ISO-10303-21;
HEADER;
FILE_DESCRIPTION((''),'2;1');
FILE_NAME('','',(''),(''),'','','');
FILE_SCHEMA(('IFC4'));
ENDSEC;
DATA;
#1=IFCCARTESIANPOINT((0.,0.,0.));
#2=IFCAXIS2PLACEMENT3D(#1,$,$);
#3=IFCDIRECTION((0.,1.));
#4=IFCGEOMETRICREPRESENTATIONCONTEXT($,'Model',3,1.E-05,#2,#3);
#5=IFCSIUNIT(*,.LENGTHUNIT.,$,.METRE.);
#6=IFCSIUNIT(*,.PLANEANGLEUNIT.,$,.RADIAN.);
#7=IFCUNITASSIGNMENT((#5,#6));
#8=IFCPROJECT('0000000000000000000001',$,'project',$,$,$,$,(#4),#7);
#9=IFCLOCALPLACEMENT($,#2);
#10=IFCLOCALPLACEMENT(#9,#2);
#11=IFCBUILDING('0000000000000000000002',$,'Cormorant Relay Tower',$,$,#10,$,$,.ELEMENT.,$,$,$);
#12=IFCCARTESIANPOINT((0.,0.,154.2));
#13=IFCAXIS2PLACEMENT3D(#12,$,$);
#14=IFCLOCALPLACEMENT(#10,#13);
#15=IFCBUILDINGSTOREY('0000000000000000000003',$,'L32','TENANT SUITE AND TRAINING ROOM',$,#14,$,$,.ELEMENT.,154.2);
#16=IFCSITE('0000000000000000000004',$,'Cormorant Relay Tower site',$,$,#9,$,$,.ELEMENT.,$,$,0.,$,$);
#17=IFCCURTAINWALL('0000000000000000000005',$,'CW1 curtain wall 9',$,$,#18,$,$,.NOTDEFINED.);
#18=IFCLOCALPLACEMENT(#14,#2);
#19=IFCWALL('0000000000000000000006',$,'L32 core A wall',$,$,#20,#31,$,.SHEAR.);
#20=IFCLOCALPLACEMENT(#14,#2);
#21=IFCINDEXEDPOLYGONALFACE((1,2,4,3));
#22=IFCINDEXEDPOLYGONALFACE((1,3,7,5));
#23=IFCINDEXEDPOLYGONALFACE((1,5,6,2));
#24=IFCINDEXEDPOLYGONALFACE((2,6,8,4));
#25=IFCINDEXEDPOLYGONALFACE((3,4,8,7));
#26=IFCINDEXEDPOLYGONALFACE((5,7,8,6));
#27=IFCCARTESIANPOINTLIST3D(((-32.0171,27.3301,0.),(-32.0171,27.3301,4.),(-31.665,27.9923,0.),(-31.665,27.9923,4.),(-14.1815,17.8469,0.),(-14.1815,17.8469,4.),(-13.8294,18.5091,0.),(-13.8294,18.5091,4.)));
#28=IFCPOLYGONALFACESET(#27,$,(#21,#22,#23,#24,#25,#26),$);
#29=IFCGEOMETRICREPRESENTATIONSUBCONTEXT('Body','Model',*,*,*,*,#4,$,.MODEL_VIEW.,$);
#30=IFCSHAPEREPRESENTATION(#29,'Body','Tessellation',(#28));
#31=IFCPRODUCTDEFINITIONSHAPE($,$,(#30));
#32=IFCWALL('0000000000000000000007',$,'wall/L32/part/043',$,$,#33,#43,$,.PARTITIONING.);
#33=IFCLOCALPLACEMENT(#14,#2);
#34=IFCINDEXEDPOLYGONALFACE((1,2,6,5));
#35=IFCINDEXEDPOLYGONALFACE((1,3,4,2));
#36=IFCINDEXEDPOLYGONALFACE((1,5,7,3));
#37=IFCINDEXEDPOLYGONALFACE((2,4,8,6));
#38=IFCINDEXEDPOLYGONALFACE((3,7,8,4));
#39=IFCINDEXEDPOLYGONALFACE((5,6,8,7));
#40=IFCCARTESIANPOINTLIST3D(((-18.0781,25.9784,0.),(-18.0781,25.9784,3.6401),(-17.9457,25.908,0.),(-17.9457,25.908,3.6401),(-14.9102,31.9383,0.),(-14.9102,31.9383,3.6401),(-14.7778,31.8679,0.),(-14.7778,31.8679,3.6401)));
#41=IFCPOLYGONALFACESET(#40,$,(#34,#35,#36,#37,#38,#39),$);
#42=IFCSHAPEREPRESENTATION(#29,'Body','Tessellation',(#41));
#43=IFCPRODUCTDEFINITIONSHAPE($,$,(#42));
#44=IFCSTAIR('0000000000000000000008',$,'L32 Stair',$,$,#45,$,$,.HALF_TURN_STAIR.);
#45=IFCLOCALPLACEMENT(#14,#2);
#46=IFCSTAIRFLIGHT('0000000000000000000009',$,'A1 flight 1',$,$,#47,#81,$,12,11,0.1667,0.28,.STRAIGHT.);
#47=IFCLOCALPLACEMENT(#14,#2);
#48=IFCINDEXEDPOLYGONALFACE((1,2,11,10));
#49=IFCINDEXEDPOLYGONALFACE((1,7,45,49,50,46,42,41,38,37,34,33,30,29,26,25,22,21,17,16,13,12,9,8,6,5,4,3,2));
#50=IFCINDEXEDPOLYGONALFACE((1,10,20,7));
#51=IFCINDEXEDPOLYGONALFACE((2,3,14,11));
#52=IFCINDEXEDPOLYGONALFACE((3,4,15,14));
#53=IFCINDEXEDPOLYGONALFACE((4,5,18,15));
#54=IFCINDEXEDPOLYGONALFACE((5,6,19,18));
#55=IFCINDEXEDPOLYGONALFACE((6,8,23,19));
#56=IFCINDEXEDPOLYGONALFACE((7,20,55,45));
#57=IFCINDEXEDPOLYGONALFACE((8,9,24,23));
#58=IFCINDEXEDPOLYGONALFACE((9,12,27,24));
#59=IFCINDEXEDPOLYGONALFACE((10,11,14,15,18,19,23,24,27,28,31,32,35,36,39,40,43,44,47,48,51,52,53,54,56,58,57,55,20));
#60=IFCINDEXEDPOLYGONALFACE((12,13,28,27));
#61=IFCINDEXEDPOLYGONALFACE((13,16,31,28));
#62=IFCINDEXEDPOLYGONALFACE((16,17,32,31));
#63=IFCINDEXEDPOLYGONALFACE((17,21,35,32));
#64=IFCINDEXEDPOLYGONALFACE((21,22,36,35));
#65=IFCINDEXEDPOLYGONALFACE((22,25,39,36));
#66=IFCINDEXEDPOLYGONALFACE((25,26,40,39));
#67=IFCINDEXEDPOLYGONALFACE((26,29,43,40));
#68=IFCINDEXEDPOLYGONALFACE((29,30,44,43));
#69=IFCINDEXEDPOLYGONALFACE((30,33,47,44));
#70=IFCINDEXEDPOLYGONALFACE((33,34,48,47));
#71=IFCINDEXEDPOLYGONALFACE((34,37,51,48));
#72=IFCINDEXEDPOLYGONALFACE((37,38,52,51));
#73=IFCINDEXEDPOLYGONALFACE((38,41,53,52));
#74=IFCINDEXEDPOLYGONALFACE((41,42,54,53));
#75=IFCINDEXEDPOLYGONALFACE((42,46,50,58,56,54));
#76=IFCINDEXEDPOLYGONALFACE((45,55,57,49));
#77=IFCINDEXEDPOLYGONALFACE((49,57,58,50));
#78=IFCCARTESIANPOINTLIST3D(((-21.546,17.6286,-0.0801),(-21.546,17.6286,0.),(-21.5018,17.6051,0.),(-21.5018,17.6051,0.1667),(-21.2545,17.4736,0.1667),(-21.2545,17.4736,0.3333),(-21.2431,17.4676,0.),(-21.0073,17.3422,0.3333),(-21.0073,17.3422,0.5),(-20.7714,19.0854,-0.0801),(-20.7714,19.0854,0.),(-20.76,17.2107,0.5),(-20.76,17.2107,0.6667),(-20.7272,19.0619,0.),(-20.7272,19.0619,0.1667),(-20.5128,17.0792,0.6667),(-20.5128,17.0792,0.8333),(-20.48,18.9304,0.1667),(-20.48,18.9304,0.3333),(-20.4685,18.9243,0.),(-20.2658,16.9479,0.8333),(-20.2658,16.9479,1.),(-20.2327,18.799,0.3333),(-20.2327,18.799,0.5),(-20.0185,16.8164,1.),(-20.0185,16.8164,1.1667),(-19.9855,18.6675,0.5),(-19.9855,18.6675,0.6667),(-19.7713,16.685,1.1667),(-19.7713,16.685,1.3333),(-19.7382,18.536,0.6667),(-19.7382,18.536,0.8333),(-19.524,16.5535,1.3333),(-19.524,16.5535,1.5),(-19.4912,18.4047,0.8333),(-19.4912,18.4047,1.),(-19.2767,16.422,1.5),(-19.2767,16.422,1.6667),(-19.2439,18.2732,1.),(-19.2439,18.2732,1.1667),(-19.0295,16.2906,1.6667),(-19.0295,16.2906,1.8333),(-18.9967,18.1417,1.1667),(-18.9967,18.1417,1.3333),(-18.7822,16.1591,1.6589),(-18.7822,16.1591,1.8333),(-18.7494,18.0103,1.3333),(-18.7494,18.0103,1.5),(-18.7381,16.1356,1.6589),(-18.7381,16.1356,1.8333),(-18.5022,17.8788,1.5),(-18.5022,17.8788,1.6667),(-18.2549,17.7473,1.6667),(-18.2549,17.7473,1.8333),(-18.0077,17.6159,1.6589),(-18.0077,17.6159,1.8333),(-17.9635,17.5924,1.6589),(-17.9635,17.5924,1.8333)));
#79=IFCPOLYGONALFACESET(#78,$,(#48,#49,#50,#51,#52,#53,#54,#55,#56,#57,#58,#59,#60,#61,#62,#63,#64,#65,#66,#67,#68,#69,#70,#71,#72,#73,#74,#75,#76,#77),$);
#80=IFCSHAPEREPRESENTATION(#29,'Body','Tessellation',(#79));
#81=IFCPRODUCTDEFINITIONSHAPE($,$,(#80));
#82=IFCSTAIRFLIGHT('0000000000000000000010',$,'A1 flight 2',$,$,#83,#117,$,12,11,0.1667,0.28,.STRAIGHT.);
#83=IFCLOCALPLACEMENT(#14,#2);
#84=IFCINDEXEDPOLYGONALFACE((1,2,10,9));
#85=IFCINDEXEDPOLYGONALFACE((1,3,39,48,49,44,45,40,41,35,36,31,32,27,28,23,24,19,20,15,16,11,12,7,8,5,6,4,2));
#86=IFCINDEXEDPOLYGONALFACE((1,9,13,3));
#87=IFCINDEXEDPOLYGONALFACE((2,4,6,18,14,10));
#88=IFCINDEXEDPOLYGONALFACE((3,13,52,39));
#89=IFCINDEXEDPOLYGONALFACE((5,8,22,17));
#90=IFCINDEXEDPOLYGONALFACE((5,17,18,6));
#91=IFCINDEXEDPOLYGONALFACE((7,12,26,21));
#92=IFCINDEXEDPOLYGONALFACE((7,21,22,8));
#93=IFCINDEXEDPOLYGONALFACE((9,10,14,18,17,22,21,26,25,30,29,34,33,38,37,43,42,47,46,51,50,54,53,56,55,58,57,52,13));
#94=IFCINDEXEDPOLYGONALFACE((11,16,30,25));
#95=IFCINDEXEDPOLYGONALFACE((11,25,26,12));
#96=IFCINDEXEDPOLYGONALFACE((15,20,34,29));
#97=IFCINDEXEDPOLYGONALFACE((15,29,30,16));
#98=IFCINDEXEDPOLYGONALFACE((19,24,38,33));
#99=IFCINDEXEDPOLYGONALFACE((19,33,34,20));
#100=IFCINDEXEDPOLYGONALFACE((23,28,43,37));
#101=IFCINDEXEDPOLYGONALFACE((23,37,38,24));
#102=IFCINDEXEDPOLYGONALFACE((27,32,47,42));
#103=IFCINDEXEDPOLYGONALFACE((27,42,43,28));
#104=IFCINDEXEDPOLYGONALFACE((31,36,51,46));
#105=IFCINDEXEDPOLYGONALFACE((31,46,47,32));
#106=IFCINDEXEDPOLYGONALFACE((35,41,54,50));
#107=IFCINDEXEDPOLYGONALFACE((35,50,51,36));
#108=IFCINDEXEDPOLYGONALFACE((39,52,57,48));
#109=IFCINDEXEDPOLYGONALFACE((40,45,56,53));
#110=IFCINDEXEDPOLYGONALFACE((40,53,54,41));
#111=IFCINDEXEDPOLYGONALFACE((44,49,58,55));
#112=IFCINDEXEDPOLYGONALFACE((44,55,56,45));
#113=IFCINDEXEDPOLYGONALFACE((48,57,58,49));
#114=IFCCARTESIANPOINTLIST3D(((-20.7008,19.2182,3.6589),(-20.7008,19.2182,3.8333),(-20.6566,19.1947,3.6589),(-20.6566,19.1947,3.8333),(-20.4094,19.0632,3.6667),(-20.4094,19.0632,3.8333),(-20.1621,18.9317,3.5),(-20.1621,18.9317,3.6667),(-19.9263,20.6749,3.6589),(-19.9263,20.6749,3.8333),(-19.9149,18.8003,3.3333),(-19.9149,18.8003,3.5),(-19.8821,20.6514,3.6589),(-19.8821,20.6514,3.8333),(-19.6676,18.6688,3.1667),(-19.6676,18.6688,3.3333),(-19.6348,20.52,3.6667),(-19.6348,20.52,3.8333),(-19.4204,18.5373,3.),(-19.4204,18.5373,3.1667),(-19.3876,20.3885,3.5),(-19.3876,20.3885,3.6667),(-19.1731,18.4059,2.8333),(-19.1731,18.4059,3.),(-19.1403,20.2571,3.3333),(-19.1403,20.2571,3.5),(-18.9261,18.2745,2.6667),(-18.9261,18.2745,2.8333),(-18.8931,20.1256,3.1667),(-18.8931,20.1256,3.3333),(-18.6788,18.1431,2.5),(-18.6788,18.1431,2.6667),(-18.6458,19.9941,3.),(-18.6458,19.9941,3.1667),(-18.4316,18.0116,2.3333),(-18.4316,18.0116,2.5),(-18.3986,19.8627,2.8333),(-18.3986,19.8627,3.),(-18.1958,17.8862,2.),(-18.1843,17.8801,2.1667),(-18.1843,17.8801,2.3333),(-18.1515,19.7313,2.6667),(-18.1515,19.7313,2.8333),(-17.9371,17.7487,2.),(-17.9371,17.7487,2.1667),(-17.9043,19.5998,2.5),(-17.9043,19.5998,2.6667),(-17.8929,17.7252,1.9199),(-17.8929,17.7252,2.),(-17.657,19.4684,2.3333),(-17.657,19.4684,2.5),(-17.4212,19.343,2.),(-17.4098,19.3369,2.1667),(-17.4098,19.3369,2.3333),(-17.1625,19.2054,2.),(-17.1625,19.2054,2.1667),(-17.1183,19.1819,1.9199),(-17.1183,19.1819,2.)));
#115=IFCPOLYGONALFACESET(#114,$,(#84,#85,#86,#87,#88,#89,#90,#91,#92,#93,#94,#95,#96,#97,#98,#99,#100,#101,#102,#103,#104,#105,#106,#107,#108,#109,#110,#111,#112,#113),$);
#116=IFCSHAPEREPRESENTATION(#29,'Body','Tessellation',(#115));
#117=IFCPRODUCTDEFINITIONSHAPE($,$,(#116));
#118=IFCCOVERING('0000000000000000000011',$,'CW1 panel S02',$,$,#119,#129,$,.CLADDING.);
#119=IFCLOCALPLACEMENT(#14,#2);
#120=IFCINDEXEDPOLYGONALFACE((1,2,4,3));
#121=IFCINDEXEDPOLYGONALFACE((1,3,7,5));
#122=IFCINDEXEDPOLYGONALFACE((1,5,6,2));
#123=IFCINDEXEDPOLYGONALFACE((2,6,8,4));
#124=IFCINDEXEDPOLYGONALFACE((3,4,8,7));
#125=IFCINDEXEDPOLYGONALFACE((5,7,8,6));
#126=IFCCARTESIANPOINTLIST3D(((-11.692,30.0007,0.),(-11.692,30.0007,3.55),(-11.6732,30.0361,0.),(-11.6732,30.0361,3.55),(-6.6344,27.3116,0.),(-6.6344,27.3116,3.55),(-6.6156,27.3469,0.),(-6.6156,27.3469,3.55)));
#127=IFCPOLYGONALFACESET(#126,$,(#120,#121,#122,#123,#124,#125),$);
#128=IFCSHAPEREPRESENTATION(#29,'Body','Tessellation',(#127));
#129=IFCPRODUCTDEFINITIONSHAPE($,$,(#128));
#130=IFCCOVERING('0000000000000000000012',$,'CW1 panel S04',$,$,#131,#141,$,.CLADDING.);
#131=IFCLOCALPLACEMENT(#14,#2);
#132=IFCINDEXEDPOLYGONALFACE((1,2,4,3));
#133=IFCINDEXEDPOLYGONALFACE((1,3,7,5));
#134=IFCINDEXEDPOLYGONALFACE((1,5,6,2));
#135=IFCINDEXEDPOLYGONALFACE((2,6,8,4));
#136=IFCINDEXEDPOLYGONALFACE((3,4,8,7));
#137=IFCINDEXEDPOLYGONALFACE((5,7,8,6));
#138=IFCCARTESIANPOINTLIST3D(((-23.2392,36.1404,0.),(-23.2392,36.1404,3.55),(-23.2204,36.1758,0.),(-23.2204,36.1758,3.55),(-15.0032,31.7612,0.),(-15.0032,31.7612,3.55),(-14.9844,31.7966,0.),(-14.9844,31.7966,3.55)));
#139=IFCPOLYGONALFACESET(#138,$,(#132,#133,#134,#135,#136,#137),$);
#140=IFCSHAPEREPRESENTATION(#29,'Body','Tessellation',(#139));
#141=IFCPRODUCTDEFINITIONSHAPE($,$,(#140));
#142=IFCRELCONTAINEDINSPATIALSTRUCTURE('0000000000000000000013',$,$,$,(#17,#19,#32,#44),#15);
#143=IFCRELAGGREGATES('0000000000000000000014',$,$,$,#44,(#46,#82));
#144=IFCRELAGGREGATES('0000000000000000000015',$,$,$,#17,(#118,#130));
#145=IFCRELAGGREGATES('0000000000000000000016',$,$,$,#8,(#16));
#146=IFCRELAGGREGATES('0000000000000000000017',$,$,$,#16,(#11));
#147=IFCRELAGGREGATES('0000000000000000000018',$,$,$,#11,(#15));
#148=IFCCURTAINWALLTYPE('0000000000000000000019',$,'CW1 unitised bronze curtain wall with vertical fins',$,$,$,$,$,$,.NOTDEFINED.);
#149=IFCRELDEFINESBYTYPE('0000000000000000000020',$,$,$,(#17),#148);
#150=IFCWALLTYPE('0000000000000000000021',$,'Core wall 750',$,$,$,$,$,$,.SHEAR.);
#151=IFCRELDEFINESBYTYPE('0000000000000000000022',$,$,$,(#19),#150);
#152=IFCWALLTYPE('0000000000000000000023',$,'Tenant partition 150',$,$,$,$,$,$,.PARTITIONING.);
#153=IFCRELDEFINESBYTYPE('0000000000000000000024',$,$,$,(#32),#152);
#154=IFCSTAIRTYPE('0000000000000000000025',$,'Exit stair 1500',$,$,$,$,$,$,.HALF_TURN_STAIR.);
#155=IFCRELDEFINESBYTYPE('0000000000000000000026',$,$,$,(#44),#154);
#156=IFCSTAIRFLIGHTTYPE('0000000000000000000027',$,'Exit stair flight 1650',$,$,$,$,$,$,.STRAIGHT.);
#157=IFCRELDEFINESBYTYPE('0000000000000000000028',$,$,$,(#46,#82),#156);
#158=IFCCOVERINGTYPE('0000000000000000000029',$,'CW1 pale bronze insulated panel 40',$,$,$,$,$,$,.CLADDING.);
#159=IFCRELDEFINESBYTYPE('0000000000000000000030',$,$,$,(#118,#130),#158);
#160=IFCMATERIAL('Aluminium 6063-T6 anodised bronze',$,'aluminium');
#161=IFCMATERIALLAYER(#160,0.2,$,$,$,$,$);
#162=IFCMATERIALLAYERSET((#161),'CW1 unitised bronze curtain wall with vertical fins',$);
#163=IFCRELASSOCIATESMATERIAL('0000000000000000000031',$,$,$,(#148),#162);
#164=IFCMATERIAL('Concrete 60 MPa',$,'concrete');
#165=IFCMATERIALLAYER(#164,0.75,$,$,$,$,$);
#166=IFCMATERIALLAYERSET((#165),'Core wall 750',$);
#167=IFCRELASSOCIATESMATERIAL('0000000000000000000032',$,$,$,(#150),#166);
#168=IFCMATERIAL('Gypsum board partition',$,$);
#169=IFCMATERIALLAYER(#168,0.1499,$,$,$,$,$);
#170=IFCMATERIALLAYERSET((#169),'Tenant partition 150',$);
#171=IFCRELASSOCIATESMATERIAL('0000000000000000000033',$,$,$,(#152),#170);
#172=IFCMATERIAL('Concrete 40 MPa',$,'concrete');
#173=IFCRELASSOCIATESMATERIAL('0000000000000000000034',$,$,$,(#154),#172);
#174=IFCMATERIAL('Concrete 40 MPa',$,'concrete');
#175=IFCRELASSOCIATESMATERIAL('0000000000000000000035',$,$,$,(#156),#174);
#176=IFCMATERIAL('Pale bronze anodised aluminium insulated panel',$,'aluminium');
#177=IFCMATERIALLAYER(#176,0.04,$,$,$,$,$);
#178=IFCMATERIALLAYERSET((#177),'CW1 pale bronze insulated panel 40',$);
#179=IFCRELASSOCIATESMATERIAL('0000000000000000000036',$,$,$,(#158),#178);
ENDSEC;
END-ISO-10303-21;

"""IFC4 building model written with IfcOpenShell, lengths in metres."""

from ifc_helpers import new_model, si_unit, direction, frame, frame_2d, origin, origin_2d, place, context, subcontext, project, spatial, polyline, rectangle, outline, extrude, material, layer, layer_set, type_object, element, aggregate, save


model = new_model("IFC4")

# Units and contexts
model_context = context("Model", 3, precision=1e-05, world=origin(), true_north=direction((0.0, 1.0)))
body_context = subcontext(model_context, "Body", "Model", "MODEL_VIEW")
ifc_project = project(units=[si_unit("LENGTHUNIT", "METRE"), si_unit("PLANEANGLEUNIT", "RADIAN")], contexts=[model_context])

# Site, building, storey
site_placement = place(None, origin())
site = spatial("IfcSite", under=ifc_project, at=site_placement, Name="Cormorant Relay Tower site", CompositionType="ELEMENT", RefElevation=0.0)
building_placement = place(site_placement, origin())
building = spatial("IfcBuilding", under=site, at=building_placement, Name="Cormorant Relay Tower", CompositionType="ELEMENT")
storey_placement = place(building_placement, frame((0.0, 0.0, 154.2)))
storey = spatial("IfcBuildingStorey", under=building, at=storey_placement, Name="L32", Description="TENANT SUITE AND TRAINING ROOM", CompositionType="ELEMENT", Elevation=154.2)

# Curtain wall
ifc_material_1 = material(Name="Aluminium 6063-T6 anodised bronze", Category="aluminium")
ifc_layer_1 = layer(ifc_material_1, 0.2)
ifc_layer_set_1 = layer_set([ifc_layer_1], Name="CW1 unitised bronze curtain wall with vertical fins")
curtain_wall_type = type_object("IfcCurtainWallType", Name="CW1 unitised bronze curtain wall with vertical fins", PredefinedType="NOTDEFINED", material=ifc_layer_set_1)
curtain_wall_placement = place(storey_placement, origin())
curtain_wall = element("IfcCurtainWall", 1, at=curtain_wall_placement, inside=storey, type_object=curtain_wall_type, Name="CW1 curtain wall 9", PredefinedType="NOTDEFINED")

# Shared definitions
ifc_material_2 = material(Name="Concrete 60 MPa", Category="concrete")
ifc_layer_2 = layer(ifc_material_2, 0.75)
ifc_layer_set_2 = layer_set([ifc_layer_2], Name="Core wall 750")
wall_type_1 = type_object("IfcWallType", Name="Core wall 750", PredefinedType="SHEAR", material=ifc_layer_set_2)

# Walls
wall_1_placement = place(storey_placement, frame((-14.0054, 18.178, 0.0), z_axis=(0.0, 0.0, 1.0), x_axis=(-0.88295, 0.469467, 0.0)))
element("IfcWall", 2, at=wall_1_placement, inside=storey, type_object=wall_type_1, Name="L32 core A wall", PredefinedType="SHEAR", context=body_context, shape_type="SweptSolid", body=[
    extrude(rectangle(XDim=20.2, YDim=0.75, at=frame_2d((10.1001, 0.0))), origin(), (0.0, 0.0, 1.0), 4.0),
])
ifc_material_3 = material(Name="Gypsum board partition")
ifc_layer_3 = layer(ifc_material_3, 0.1499)
ifc_layer_set_3 = layer_set([ifc_layer_3], Name="Tenant partition 150")
wall_type_2 = type_object("IfcWallType", Name="Tenant partition 150", PredefinedType="PARTITIONING", material=ifc_layer_set_3)
wall_2_placement = place(storey_placement, frame((-14.844, 31.9031, 0.0), z_axis=(0.0, 0.0, 1.0), x_axis=(-0.469356, -0.883009, 0.0)))
element("IfcWall", 3, at=wall_2_placement, inside=storey, type_object=wall_type_2, Name="wall/L32/part/043", PredefinedType="PARTITIONING", context=body_context, shape_type="SweptSolid", body=[
    extrude(rectangle(XDim=6.7495, YDim=0.1499, at=frame_2d((3.3748, 0.0))), origin(), (0.0, 0.0, 1.0), 3.6401),
])

# Stair, stair flights
ifc_material_4 = material(Name="Concrete 40 MPa", Category="concrete")
stair_type = type_object("IfcStairType", Name="Exit stair 1500", PredefinedType="HALF_TURN_STAIR", material=ifc_material_4)
stair_placement = place(storey_placement, origin())
stair = element("IfcStair", 4, at=stair_placement, inside=storey, type_object=stair_type, Name="L32 Stair", PredefinedType="HALF_TURN_STAIR")
ifc_material_5 = material(Name="Concrete 40 MPa", Category="concrete")
stair_flight_type = type_object("IfcStairFlightType", Name="Exit stair flight 1650", PredefinedType="STRAIGHT", material=ifc_material_5)
stair_flight_1_placement = place(storey_placement, frame((-21.1145, 18.3335, 0.0), z_axis=(0.0, 0.0, 1.0), x_axis=(0.882948, -0.469472, 0.0)))
stair_flight_1 = element("IfcStairFlight", 5, at=stair_flight_1_placement, type_object=stair_flight_type, Name="A1 flight 1", NumberOfRisers=12, NumberOfTreads=11, PredefinedType="STRAIGHT", RiserHeight=0.1667, TreadLength=0.28, context=body_context, shape_type="SweptSolid", body=[
    extrude(outline(polyline([(-0.05, -0.0801), (-0.05, 0.0), (0.0, 0.0), (0.0, 0.1667), (0.28, 0.1667), (0.28, 0.3333), (0.5601, 0.3333), (0.5601, 0.5), (0.8401, 0.5), (0.8401, 0.6667), (1.1201, 0.6667), (1.1201, 0.8333), (1.3999, 0.8333), (1.3999, 1.0), (1.6799, 1.0), (1.6799, 1.1667), (1.96, 1.1667), (1.96, 1.3333), (2.24, 1.3333), (2.24, 1.5), (2.52, 1.5), (2.52, 1.6667), (2.8, 1.6667), (2.8, 1.8333), (3.0801, 1.8333), (3.1301, 1.8333), (3.1301, 1.6589), (3.0801, 1.6589), (0.293, 0.0), (-0.05, -0.0801)])), frame((0.0, 0.825, 0.0), z_axis=(0.0, -1.0, 0.0), x_axis=(1.0, 0.0, 0.0)), (0.0, 0.0, 1.0), 1.6499),
])
stair_flight_2_placement = place(storey_placement, frame((-17.5498, 18.4771, 2.0), z_axis=(0.0, 0.0, 1.0), x_axis=(-0.882948, 0.469472, 0.0)))
stair_flight_2 = element("IfcStairFlight", 6, at=stair_flight_2_placement, type_object=stair_flight_type, Name="A1 flight 2", NumberOfRisers=12, NumberOfTreads=11, PredefinedType="STRAIGHT", RiserHeight=0.1667, TreadLength=0.28, context=body_context, shape_type="SweptSolid", body=[
    extrude(outline(polyline([(-0.05, -0.0801), (-0.05, 0.0), (0.0, 0.0), (0.0, 0.1667), (0.28, 0.1667), (0.28, 0.3333), (0.5601, 0.3333), (0.5601, 0.5), (0.8401, 0.5), (0.8401, 0.6667), (1.1201, 0.6667), (1.1201, 0.8333), (1.3999, 0.8333), (1.3999, 1.0), (1.6799, 1.0), (1.6799, 1.1667), (1.96, 1.1667), (1.96, 1.3333), (2.24, 1.3333), (2.24, 1.5), (2.52, 1.5), (2.52, 1.6667), (2.8, 1.6667), (2.8, 1.8333), (3.0801, 1.8333), (3.1301, 1.8333), (3.1301, 1.6589), (3.0801, 1.6589), (0.293, 0.0), (-0.05, -0.0801)])), frame((0.0, 0.825, 0.0), z_axis=(0.0, -1.0, 0.0), x_axis=(1.0, 0.0, 0.0)), (0.0, 0.0, 1.0), 1.6499),
])
aggregate(stair, [stair_flight_1, stair_flight_2])

# Coverings
ifc_material_6 = material(Name="Pale bronze anodised aluminium insulated panel", Category="aluminium")
ifc_layer_4 = layer(ifc_material_6, 0.04)
ifc_layer_set_4 = layer_set([ifc_layer_4], Name="CW1 pale bronze insulated panel 40")
covering_type = type_object("IfcCoveringType", Name="CW1 pale bronze insulated panel 40", PredefinedType="CLADDING", material=ifc_layer_set_4)
covering_1_placement = place(storey_placement, frame((-9.1538, 28.6738, 0.0), z_axis=(0.0, 0.0, 1.0), x_axis=(-0.882948, 0.469472, 0.0)))
covering_1 = element("IfcCovering", 7, at=covering_1_placement, type_object=covering_type, Name="CW1 panel S02", PredefinedType="CLADDING", context=body_context, shape_type="SweptSolid", body=[
    extrude(rectangle(XDim=5.728, YDim=0.04, at=origin_2d()), origin(), (0.0, 0.0, 1.0), 3.55),
])
covering_2_placement = place(storey_placement, frame((-19.1118, 33.9685, 0.0), z_axis=(0.0, 0.0, 1.0), x_axis=(-0.882948, 0.469472, 0.0)))
covering_2 = element("IfcCovering", 8, at=covering_2_placement, type_object=covering_type, Name="CW1 panel S04", PredefinedType="CLADDING", context=body_context, shape_type="SweptSolid", body=[
    extrude(rectangle(XDim=9.3279, YDim=0.04, at=origin_2d()), origin(), (0.0, 0.0, 1.0), 3.55),
])
aggregate(curtain_wall, [covering_1, covering_2])

save(model, "model.ifc")
